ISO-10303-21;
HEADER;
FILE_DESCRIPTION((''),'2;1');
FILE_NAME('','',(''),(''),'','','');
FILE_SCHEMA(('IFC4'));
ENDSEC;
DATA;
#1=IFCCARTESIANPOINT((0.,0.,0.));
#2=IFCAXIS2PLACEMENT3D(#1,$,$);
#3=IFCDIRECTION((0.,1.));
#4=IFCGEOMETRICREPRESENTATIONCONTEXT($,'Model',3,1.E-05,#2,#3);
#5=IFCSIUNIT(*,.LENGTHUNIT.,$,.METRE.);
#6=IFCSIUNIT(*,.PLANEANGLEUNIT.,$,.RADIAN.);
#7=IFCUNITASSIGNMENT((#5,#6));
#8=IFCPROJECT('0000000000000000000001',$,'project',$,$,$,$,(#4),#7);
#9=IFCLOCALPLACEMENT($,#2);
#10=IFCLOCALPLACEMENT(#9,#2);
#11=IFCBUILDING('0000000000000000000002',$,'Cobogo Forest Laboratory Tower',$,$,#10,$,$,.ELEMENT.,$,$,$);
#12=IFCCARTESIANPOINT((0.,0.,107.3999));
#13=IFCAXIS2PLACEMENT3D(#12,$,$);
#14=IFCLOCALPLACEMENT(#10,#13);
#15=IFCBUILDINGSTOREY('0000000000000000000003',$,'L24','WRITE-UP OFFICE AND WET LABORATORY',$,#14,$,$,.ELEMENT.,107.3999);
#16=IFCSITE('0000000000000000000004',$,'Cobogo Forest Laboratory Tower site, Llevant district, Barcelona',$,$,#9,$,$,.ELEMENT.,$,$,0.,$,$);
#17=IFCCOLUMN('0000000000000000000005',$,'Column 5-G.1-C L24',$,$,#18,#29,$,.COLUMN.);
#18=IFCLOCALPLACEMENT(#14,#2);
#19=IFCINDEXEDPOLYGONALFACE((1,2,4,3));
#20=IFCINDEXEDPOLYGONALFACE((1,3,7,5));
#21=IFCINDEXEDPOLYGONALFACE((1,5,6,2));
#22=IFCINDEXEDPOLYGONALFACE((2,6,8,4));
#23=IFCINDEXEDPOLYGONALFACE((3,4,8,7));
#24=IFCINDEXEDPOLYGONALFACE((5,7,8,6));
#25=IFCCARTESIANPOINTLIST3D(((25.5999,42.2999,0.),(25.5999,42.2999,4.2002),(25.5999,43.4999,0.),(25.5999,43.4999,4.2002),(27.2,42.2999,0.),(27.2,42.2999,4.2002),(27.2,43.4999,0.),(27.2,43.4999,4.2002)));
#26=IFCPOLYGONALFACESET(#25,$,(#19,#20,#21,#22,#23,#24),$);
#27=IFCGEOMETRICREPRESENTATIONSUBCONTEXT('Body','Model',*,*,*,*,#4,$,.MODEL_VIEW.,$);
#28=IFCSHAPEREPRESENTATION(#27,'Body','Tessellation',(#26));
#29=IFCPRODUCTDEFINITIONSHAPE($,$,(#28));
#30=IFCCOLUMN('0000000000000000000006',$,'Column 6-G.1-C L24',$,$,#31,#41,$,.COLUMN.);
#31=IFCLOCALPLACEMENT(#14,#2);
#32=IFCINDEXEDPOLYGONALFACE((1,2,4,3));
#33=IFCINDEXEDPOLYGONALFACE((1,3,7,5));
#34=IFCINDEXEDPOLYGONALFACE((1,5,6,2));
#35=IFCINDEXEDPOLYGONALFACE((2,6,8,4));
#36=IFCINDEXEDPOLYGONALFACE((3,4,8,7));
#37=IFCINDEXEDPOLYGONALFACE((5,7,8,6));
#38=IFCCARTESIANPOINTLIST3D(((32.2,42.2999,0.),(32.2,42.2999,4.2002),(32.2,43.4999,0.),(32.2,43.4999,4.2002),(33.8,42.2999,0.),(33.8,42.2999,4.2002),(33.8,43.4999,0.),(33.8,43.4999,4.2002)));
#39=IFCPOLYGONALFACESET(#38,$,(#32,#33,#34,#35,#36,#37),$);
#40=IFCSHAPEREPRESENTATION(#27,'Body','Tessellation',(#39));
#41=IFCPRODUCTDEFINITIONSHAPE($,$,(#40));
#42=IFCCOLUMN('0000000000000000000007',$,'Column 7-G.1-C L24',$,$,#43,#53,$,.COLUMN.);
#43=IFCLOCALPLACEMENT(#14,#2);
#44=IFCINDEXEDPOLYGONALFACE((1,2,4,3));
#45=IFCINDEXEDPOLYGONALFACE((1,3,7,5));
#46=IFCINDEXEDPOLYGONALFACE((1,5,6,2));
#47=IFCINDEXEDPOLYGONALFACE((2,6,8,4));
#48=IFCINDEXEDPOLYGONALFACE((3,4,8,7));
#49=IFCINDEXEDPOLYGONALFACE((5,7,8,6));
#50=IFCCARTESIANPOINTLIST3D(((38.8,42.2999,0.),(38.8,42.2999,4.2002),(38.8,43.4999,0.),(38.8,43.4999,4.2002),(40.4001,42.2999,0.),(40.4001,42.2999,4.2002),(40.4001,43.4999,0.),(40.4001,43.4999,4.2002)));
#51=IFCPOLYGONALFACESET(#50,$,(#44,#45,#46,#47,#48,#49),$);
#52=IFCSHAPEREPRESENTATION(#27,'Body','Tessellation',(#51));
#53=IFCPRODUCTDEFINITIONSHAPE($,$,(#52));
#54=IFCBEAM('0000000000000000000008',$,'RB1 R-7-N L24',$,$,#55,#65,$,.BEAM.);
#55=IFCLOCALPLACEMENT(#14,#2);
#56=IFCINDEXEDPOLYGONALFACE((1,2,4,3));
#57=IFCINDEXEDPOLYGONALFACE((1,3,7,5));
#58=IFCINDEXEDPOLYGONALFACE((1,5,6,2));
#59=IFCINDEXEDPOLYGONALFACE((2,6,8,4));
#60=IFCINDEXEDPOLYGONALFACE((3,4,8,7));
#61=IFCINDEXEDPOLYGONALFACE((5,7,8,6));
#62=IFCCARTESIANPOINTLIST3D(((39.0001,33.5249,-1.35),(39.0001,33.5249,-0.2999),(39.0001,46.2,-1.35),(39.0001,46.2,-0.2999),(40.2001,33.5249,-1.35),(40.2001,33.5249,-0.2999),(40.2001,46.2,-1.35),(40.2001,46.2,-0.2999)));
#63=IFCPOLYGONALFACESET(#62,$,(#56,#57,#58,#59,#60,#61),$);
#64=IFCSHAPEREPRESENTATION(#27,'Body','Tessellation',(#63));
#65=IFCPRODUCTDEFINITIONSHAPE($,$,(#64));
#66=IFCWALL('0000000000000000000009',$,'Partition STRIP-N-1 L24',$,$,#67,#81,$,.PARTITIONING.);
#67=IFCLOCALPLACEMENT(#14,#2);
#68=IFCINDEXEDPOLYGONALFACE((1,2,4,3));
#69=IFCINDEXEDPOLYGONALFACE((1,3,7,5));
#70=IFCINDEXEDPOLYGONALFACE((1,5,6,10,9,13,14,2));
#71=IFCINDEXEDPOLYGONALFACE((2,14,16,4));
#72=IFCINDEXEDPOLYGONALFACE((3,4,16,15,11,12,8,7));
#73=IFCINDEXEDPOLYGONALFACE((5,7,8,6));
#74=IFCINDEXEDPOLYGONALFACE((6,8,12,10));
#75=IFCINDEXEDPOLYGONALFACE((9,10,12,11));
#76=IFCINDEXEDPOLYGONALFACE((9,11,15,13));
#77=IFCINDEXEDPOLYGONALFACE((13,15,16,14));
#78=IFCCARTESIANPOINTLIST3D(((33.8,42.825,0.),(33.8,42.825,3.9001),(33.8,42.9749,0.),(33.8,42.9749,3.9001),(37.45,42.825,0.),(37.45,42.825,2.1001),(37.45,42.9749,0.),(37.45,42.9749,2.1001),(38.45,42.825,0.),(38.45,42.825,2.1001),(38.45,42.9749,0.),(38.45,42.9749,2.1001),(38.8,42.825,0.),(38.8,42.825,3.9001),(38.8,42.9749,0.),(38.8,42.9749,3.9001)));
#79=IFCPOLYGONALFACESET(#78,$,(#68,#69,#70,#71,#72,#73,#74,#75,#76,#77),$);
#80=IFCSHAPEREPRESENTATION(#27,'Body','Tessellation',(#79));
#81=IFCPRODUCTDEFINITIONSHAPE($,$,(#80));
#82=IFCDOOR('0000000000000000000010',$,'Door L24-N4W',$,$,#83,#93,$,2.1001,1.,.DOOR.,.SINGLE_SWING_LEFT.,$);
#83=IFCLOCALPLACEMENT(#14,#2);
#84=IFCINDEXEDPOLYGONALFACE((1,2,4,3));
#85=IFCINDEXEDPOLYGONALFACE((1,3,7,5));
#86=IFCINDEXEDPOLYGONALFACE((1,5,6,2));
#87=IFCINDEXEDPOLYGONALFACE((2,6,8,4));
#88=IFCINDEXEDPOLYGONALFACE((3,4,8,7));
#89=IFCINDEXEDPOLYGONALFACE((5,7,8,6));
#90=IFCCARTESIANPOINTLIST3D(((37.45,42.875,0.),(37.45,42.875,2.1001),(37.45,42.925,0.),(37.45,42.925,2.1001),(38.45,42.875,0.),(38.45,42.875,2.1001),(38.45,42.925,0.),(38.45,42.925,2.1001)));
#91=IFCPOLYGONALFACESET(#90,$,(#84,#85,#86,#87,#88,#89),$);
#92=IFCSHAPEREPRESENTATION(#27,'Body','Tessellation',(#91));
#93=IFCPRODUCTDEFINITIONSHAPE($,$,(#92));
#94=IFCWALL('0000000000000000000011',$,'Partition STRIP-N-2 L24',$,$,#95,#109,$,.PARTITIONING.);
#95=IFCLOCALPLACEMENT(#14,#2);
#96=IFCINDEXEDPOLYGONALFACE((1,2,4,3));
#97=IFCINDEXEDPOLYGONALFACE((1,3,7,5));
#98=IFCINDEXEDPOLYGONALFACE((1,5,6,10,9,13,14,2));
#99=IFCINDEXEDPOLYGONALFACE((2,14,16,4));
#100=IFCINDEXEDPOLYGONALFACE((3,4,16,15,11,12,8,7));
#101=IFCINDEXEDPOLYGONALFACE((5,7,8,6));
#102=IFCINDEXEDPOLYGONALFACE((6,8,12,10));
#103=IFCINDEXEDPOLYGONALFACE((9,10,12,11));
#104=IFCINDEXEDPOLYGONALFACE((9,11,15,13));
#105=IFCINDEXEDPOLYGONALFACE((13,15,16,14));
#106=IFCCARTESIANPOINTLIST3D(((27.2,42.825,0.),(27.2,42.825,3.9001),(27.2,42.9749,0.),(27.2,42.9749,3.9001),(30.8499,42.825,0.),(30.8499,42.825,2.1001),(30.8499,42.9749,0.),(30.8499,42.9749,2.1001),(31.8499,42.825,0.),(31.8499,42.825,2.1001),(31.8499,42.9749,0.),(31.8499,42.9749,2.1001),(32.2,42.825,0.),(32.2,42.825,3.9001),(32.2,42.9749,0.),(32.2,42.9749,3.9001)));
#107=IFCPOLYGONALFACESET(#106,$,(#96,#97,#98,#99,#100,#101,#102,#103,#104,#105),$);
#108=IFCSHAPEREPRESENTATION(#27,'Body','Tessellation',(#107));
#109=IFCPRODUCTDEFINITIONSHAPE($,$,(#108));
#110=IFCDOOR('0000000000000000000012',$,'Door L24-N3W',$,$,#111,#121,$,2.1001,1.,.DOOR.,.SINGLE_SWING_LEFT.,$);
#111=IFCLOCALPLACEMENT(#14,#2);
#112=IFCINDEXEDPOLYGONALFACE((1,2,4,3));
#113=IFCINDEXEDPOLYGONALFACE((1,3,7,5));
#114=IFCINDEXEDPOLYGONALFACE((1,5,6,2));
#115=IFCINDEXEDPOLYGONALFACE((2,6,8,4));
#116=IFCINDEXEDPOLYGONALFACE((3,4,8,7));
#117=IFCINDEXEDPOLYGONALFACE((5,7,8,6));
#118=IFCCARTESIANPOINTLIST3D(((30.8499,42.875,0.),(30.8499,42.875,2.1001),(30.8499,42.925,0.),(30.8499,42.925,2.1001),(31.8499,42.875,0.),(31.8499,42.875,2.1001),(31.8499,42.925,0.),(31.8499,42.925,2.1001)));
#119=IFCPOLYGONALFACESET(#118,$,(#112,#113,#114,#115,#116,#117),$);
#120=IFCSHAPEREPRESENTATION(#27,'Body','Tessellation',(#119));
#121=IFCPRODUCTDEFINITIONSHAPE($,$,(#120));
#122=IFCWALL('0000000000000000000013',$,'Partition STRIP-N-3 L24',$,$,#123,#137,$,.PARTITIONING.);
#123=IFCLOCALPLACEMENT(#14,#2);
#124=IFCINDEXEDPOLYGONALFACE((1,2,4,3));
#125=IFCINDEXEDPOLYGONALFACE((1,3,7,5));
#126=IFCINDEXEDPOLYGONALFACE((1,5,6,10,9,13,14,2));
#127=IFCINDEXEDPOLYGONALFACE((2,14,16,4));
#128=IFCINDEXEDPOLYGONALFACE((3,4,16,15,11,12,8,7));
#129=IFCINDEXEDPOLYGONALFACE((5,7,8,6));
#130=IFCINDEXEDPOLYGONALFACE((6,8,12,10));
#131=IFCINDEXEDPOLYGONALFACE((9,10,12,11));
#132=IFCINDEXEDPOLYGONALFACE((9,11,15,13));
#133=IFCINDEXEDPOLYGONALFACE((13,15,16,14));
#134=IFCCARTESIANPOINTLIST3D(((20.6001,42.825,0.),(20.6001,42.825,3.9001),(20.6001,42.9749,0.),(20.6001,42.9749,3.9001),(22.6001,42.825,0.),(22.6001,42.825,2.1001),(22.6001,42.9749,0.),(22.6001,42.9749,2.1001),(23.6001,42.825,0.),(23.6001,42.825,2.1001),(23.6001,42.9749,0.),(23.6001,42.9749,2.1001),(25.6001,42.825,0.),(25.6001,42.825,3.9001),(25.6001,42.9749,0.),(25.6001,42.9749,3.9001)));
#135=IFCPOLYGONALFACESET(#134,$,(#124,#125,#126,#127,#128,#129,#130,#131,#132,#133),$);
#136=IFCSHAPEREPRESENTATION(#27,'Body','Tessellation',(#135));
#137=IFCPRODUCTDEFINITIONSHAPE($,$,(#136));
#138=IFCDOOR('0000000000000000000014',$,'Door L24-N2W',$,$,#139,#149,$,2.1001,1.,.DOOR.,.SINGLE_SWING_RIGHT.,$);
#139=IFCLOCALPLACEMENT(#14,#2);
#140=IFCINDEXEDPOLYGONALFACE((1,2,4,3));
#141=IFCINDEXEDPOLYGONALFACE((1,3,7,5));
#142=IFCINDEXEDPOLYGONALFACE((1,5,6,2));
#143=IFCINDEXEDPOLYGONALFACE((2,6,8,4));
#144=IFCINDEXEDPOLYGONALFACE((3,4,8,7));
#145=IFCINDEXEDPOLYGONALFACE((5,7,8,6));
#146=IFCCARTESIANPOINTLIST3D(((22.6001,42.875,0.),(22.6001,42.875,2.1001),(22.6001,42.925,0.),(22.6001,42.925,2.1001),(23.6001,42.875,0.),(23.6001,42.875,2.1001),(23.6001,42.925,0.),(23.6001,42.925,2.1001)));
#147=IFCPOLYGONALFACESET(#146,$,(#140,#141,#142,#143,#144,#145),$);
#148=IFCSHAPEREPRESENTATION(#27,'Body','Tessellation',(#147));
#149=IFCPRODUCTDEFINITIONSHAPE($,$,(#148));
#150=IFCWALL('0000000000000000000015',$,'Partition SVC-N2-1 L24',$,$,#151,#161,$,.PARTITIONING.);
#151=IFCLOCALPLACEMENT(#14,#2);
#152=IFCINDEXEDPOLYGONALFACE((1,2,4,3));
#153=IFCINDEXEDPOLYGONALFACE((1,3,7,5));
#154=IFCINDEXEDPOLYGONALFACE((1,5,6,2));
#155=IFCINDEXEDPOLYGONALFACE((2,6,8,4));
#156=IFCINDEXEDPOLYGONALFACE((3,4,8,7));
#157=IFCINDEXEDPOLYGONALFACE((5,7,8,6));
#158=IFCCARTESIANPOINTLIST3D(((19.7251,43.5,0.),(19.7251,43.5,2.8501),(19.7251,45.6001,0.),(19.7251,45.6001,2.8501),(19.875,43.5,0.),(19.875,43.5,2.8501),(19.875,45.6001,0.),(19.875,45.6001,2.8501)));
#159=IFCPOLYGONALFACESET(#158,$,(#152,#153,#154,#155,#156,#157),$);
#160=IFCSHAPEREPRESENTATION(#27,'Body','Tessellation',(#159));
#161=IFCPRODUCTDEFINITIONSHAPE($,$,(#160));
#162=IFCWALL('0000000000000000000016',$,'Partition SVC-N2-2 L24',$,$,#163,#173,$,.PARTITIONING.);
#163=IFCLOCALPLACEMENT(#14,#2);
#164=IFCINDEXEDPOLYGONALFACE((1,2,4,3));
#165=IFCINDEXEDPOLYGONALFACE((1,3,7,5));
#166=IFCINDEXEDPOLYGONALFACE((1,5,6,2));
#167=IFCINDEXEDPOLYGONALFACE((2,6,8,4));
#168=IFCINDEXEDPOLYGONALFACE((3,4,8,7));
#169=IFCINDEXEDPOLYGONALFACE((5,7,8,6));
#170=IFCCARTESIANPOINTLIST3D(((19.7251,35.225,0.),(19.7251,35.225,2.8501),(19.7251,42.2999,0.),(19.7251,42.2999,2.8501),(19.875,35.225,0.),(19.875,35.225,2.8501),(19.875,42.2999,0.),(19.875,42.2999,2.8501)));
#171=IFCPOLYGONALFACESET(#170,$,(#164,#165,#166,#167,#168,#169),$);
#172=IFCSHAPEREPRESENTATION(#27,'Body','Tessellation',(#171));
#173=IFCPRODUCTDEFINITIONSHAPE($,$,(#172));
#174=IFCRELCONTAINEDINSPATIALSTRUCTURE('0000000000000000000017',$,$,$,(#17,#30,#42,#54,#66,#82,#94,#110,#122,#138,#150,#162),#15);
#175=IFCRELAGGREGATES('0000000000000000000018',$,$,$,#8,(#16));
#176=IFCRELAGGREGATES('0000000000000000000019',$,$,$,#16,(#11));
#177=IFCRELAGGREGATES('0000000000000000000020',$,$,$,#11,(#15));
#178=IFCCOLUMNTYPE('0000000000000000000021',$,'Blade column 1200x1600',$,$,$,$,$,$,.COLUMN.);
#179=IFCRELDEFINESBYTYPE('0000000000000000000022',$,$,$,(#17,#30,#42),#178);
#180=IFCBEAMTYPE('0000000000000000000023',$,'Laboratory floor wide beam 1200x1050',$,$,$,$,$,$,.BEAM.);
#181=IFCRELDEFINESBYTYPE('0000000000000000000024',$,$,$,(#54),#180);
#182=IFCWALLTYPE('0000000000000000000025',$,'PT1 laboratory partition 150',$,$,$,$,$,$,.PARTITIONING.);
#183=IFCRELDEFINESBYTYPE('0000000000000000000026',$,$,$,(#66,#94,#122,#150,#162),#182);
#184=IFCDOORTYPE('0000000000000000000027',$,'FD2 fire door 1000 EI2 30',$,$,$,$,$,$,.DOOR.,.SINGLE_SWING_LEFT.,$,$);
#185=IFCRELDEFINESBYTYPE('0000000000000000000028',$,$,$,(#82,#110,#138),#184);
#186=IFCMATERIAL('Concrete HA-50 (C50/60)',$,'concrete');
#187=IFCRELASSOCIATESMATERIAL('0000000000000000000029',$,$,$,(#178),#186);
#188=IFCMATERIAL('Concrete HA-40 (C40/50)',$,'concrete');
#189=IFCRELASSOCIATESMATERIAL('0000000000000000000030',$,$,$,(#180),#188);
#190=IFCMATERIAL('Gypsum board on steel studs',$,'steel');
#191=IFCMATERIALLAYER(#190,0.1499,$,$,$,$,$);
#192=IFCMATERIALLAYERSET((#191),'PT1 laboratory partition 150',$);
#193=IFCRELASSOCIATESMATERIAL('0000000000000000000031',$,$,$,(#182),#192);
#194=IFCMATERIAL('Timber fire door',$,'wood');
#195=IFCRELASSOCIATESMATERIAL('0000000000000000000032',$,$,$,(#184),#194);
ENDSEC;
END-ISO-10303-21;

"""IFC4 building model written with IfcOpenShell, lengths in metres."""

from ifc_helpers import new_model, si_unit, direction, frame, frame_2d, origin, origin_2d, place, context, subcontext, project, spatial, rectangle, extrude, material, layer, layer_set, material_profile, profile_set, type_object, element, fill, save


model = new_model("IFC4")

# Units and contexts
model_context = context("Model", 3, precision=1e-05, world=origin(), true_north=direction((0.0, 1.0)))
body_context = subcontext(model_context, "Body", "Model", "MODEL_VIEW")
ifc_project = project(units=[si_unit("LENGTHUNIT", "METRE"), si_unit("PLANEANGLEUNIT", "RADIAN")], contexts=[model_context])

# Site, building, storey
site_placement = place(None, origin())
site = spatial("IfcSite", under=ifc_project, at=site_placement, Name="Cobogo Forest Laboratory Tower site, Llevant district, Barcelona", CompositionType="ELEMENT", RefElevation=0.0)
building_placement = place(site_placement, origin())
building = spatial("IfcBuilding", under=site, at=building_placement, Name="Cobogo Forest Laboratory Tower", CompositionType="ELEMENT")
storey_placement = place(building_placement, frame((0.0, 0.0, 107.3999)))
storey = spatial("IfcBuildingStorey", under=building, at=storey_placement, Name="L24", Description="WRITE-UP OFFICE AND WET LABORATORY", CompositionType="ELEMENT", Elevation=107.3999)

# Columns
ifc_material_1 = material(Name="Concrete HA-50 (C50/60)", Category="concrete")
ifc_material_profile_1 = material_profile(ifc_material_1, rectangle(XDim=1.6001, YDim=1.2, at=origin_2d()), Name="RC 1200x1600")
ifc_profile_set_1 = profile_set([ifc_material_profile_1], Name="Concrete HA-50 (C50/60)")
column_type = type_object("IfcColumnType", Name="Blade column 1200x1600", PredefinedType="COLUMN", material=ifc_profile_set_1)
for number, where, z_axis, x_axis, name in (
    (1, (26.3999, 42.8999, 0.0), (0.0, 0.0, 1.0), (1.0, 0.0, 0.0), "Column 5-G.1-C L24"),
    (2, (33.0, 42.8999, 0.0), (0.0, 0.0, 1.0), (1.0, 0.0, 0.0), "Column 6-G.1-C L24"),
    (3, (39.6001, 42.8999, 0.0), (0.0, 0.0, 1.0), (1.0, 0.0, 0.0), "Column 7-G.1-C L24"),
):
    element("IfcColumn", number, at=place(storey_placement, frame(where, z_axis=z_axis, x_axis=x_axis)), inside=storey, type_object=column_type, Name=name, PredefinedType="COLUMN", context=body_context, shape_type="SweptSolid", body=[
        extrude(rectangle(XDim=1.6001, YDim=1.2, at=origin_2d()), origin(), (0.0, 0.0, 1.0), 4.2002),
    ])

# Beam
ifc_material_2 = material(Name="Concrete HA-40 (C40/50)", Category="concrete")
ifc_material_profile_2 = material_profile(ifc_material_2, rectangle(XDim=1.2, YDim=1.05, at=origin_2d()), Name="RC 1200x1050")
ifc_profile_set_2 = profile_set([ifc_material_profile_2], Name="Concrete HA-40 (C40/50)")
beam_type = type_object("IfcBeamType", Name="Laboratory floor wide beam 1200x1050", PredefinedType="BEAM", material=ifc_profile_set_2)
beam_placement = place(storey_placement, frame((39.6001, 33.5249, -0.825), z_axis=(0.0, 1.0, 0.0), x_axis=(-1.0, 0.0, 0.0)))
element("IfcBeam", 4, at=beam_placement, inside=storey, type_object=beam_type, Name="RB1 R-7-N L24", PredefinedType="BEAM", context=body_context, shape_type="SweptSolid", body=[
    extrude(rectangle(XDim=1.2, YDim=1.05, at=origin_2d()), origin(), (0.0, 0.0, 1.0), 12.675),
])

# Walls, openings, doors
ifc_material_3 = material(Name="Gypsum board on steel studs", Category="steel")
ifc_layer_1 = layer(ifc_material_3, 0.1499)
ifc_layer_set_1 = layer_set([ifc_layer_1], Name="PT1 laboratory partition 150")
wall_type_1 = type_object("IfcWallType", Name="PT1 laboratory partition 150", PredefinedType="PARTITIONING", material=ifc_layer_set_1)
wall_1_placement = place(storey_placement, frame((38.8, 42.8999, 0.0), z_axis=(0.0, 0.0, 1.0), x_axis=(-1.0, 0.0, 0.0)))
wall_1 = element("IfcWall", 5, at=wall_1_placement, inside=storey, type_object=wall_type_1, Name="Partition STRIP-N-1 L24", PredefinedType="PARTITIONING", context=body_context, shape_type="SweptSolid", body=[
    extrude(rectangle(XDim=5.0, YDim=0.1499, at=frame_2d((2.5, 0.0))), origin(), (0.0, 0.0, 1.0), 3.9001),
])
opening_1_placement = place(wall_1_placement, frame((0.3501, 0.0, 0.0)))
opening_1 = element("IfcOpeningElement", 6, at=opening_1_placement, cuts=wall_1, PredefinedType="OPENING", context=body_context, shape_type="SweptSolid", body=[
    extrude(rectangle(XDim=1.0, YDim=2.1001, at=frame_2d((0.5, 1.05))), frame((0.0, 0.085, 0.0), z_axis=(0.0, -1.0, 0.0), x_axis=(1.0, 0.0, 0.0)), (0.0, 0.0, 1.0), 0.1699),
])
ifc_material_4 = material(Name="Timber fire door", Category="wood")
door_type = type_object("IfcDoorType", Name="FD2 fire door 1000 EI2 30", OperationType="SINGLE_SWING_LEFT", PredefinedType="DOOR", material=ifc_material_4)
door_1_placement = place(opening_1_placement, origin())
door_1 = element("IfcDoor", 7, at=door_1_placement, inside=storey, type_object=door_type, Name="Door L24-N4W", OperationType="SINGLE_SWING_LEFT", OverallHeight=2.1001, OverallWidth=1.0, PredefinedType="DOOR", context=body_context, shape_type="SweptSolid", body=[
    extrude(rectangle(XDim=1.0, YDim=2.1001, at=frame_2d((0.5, 1.05))), frame((0.0, 0.0249, 0.0), z_axis=(0.0, -1.0, 0.0), x_axis=(1.0, 0.0, 0.0)), (0.0, 0.0, 1.0), 0.05),
])
fill(opening_1, door_1)
wall_2_placement = place(storey_placement, frame((32.2, 42.8999, 0.0), z_axis=(0.0, 0.0, 1.0), x_axis=(-1.0, 0.0, 0.0)))
wall_2 = element("IfcWall", 8, at=wall_2_placement, inside=storey, type_object=wall_type_1, Name="Partition STRIP-N-2 L24", PredefinedType="PARTITIONING", context=body_context, shape_type="SweptSolid", body=[
    extrude(rectangle(XDim=5.0, YDim=0.1499, at=frame_2d((2.5, 0.0))), origin(), (0.0, 0.0, 1.0), 3.9001),
])
opening_2_placement = place(wall_2_placement, frame((0.3501, 0.0, 0.0)))
opening_2 = element("IfcOpeningElement", 9, at=opening_2_placement, cuts=wall_2, PredefinedType="OPENING", context=body_context, shape_type="SweptSolid", body=[
    extrude(rectangle(XDim=1.0, YDim=2.1001, at=frame_2d((0.5, 1.05))), frame((0.0, 0.085, 0.0), z_axis=(0.0, -1.0, 0.0), x_axis=(1.0, 0.0, 0.0)), (0.0, 0.0, 1.0), 0.1699),
])
door_2_placement = place(opening_2_placement, origin())
door_2 = element("IfcDoor", 10, at=door_2_placement, inside=storey, type_object=door_type, Name="Door L24-N3W", OperationType="SINGLE_SWING_LEFT", OverallHeight=2.1001, OverallWidth=1.0, PredefinedType="DOOR", context=body_context, shape_type="SweptSolid", body=[
    extrude(rectangle(XDim=1.0, YDim=2.1001, at=frame_2d((0.5, 1.05))), frame((0.0, 0.0249, 0.0), z_axis=(0.0, -1.0, 0.0), x_axis=(1.0, 0.0, 0.0)), (0.0, 0.0, 1.0), 0.05),
])
fill(opening_2, door_2)
wall_3_placement = place(storey_placement, frame((25.6001, 42.8999, 0.0), z_axis=(0.0, 0.0, 1.0), x_axis=(-1.0, 0.0, 0.0)))
wall_3 = element("IfcWall", 11, at=wall_3_placement, inside=storey, type_object=wall_type_1, Name="Partition STRIP-N-3 L24", PredefinedType="PARTITIONING", context=body_context, shape_type="SweptSolid", body=[
    extrude(rectangle(XDim=5.0, YDim=0.1499, at=frame_2d((2.5, 0.0))), origin(), (0.0, 0.0, 1.0), 3.9001),
])
opening_3_placement = place(wall_3_placement, frame((2.0, 0.0, 0.0)))
opening_3 = element("IfcOpeningElement", 12, at=opening_3_placement, cuts=wall_3, PredefinedType="OPENING", context=body_context, shape_type="SweptSolid", body=[
    extrude(rectangle(XDim=1.0, YDim=2.1001, at=frame_2d((0.5, 1.05))), frame((0.0, 0.085, 0.0), z_axis=(0.0, -1.0, 0.0), x_axis=(1.0, 0.0, 0.0)), (0.0, 0.0, 1.0), 0.1699),
])
door_3_placement = place(opening_3_placement, origin())
door_3 = element("IfcDoor", 13, at=door_3_placement, inside=storey, type_object=door_type, Name="Door L24-N2W", OperationType="SINGLE_SWING_RIGHT", OverallHeight=2.1001, OverallWidth=1.0, PredefinedType="DOOR", context=body_context, shape_type="SweptSolid", body=[
    extrude(rectangle(XDim=1.0, YDim=2.1001, at=frame_2d((0.5, 1.05))), frame((0.0, 0.0249, 0.0), z_axis=(0.0, -1.0, 0.0), x_axis=(1.0, 0.0, 0.0)), (0.0, 0.0, 1.0), 0.05),
])
fill(opening_3, door_3)

# Walls
wall_4_placement = place(storey_placement, frame((19.8, 45.6001, 0.0), z_axis=(0.0, 0.0, 1.0), x_axis=(0.0, -1.0, 0.0)))
element("IfcWall", 14, at=wall_4_placement, inside=storey, type_object=wall_type_1, Name="Partition SVC-N2-1 L24", PredefinedType="PARTITIONING", context=body_context, shape_type="SweptSolid", body=[
    extrude(rectangle(XDim=2.1001, YDim=0.1499, at=frame_2d((1.05, 0.0))), origin(), (0.0, 0.0, 1.0), 2.8501),
])
wall_5_placement = place(storey_placement, frame((19.8, 42.3, 0.0), z_axis=(0.0, 0.0, 1.0), x_axis=(0.0, -1.0, 0.0)))
element("IfcWall", 15, at=wall_5_placement, inside=storey, type_object=wall_type_1, Name="Partition SVC-N2-2 L24", PredefinedType="PARTITIONING", context=body_context, shape_type="SweptSolid", body=[
    extrude(rectangle(XDim=7.075, YDim=0.1499, at=frame_2d((3.5376, 0.0))), origin(), (0.0, 0.0, 1.0), 2.8501),
])

save(model, "model.ifc")
